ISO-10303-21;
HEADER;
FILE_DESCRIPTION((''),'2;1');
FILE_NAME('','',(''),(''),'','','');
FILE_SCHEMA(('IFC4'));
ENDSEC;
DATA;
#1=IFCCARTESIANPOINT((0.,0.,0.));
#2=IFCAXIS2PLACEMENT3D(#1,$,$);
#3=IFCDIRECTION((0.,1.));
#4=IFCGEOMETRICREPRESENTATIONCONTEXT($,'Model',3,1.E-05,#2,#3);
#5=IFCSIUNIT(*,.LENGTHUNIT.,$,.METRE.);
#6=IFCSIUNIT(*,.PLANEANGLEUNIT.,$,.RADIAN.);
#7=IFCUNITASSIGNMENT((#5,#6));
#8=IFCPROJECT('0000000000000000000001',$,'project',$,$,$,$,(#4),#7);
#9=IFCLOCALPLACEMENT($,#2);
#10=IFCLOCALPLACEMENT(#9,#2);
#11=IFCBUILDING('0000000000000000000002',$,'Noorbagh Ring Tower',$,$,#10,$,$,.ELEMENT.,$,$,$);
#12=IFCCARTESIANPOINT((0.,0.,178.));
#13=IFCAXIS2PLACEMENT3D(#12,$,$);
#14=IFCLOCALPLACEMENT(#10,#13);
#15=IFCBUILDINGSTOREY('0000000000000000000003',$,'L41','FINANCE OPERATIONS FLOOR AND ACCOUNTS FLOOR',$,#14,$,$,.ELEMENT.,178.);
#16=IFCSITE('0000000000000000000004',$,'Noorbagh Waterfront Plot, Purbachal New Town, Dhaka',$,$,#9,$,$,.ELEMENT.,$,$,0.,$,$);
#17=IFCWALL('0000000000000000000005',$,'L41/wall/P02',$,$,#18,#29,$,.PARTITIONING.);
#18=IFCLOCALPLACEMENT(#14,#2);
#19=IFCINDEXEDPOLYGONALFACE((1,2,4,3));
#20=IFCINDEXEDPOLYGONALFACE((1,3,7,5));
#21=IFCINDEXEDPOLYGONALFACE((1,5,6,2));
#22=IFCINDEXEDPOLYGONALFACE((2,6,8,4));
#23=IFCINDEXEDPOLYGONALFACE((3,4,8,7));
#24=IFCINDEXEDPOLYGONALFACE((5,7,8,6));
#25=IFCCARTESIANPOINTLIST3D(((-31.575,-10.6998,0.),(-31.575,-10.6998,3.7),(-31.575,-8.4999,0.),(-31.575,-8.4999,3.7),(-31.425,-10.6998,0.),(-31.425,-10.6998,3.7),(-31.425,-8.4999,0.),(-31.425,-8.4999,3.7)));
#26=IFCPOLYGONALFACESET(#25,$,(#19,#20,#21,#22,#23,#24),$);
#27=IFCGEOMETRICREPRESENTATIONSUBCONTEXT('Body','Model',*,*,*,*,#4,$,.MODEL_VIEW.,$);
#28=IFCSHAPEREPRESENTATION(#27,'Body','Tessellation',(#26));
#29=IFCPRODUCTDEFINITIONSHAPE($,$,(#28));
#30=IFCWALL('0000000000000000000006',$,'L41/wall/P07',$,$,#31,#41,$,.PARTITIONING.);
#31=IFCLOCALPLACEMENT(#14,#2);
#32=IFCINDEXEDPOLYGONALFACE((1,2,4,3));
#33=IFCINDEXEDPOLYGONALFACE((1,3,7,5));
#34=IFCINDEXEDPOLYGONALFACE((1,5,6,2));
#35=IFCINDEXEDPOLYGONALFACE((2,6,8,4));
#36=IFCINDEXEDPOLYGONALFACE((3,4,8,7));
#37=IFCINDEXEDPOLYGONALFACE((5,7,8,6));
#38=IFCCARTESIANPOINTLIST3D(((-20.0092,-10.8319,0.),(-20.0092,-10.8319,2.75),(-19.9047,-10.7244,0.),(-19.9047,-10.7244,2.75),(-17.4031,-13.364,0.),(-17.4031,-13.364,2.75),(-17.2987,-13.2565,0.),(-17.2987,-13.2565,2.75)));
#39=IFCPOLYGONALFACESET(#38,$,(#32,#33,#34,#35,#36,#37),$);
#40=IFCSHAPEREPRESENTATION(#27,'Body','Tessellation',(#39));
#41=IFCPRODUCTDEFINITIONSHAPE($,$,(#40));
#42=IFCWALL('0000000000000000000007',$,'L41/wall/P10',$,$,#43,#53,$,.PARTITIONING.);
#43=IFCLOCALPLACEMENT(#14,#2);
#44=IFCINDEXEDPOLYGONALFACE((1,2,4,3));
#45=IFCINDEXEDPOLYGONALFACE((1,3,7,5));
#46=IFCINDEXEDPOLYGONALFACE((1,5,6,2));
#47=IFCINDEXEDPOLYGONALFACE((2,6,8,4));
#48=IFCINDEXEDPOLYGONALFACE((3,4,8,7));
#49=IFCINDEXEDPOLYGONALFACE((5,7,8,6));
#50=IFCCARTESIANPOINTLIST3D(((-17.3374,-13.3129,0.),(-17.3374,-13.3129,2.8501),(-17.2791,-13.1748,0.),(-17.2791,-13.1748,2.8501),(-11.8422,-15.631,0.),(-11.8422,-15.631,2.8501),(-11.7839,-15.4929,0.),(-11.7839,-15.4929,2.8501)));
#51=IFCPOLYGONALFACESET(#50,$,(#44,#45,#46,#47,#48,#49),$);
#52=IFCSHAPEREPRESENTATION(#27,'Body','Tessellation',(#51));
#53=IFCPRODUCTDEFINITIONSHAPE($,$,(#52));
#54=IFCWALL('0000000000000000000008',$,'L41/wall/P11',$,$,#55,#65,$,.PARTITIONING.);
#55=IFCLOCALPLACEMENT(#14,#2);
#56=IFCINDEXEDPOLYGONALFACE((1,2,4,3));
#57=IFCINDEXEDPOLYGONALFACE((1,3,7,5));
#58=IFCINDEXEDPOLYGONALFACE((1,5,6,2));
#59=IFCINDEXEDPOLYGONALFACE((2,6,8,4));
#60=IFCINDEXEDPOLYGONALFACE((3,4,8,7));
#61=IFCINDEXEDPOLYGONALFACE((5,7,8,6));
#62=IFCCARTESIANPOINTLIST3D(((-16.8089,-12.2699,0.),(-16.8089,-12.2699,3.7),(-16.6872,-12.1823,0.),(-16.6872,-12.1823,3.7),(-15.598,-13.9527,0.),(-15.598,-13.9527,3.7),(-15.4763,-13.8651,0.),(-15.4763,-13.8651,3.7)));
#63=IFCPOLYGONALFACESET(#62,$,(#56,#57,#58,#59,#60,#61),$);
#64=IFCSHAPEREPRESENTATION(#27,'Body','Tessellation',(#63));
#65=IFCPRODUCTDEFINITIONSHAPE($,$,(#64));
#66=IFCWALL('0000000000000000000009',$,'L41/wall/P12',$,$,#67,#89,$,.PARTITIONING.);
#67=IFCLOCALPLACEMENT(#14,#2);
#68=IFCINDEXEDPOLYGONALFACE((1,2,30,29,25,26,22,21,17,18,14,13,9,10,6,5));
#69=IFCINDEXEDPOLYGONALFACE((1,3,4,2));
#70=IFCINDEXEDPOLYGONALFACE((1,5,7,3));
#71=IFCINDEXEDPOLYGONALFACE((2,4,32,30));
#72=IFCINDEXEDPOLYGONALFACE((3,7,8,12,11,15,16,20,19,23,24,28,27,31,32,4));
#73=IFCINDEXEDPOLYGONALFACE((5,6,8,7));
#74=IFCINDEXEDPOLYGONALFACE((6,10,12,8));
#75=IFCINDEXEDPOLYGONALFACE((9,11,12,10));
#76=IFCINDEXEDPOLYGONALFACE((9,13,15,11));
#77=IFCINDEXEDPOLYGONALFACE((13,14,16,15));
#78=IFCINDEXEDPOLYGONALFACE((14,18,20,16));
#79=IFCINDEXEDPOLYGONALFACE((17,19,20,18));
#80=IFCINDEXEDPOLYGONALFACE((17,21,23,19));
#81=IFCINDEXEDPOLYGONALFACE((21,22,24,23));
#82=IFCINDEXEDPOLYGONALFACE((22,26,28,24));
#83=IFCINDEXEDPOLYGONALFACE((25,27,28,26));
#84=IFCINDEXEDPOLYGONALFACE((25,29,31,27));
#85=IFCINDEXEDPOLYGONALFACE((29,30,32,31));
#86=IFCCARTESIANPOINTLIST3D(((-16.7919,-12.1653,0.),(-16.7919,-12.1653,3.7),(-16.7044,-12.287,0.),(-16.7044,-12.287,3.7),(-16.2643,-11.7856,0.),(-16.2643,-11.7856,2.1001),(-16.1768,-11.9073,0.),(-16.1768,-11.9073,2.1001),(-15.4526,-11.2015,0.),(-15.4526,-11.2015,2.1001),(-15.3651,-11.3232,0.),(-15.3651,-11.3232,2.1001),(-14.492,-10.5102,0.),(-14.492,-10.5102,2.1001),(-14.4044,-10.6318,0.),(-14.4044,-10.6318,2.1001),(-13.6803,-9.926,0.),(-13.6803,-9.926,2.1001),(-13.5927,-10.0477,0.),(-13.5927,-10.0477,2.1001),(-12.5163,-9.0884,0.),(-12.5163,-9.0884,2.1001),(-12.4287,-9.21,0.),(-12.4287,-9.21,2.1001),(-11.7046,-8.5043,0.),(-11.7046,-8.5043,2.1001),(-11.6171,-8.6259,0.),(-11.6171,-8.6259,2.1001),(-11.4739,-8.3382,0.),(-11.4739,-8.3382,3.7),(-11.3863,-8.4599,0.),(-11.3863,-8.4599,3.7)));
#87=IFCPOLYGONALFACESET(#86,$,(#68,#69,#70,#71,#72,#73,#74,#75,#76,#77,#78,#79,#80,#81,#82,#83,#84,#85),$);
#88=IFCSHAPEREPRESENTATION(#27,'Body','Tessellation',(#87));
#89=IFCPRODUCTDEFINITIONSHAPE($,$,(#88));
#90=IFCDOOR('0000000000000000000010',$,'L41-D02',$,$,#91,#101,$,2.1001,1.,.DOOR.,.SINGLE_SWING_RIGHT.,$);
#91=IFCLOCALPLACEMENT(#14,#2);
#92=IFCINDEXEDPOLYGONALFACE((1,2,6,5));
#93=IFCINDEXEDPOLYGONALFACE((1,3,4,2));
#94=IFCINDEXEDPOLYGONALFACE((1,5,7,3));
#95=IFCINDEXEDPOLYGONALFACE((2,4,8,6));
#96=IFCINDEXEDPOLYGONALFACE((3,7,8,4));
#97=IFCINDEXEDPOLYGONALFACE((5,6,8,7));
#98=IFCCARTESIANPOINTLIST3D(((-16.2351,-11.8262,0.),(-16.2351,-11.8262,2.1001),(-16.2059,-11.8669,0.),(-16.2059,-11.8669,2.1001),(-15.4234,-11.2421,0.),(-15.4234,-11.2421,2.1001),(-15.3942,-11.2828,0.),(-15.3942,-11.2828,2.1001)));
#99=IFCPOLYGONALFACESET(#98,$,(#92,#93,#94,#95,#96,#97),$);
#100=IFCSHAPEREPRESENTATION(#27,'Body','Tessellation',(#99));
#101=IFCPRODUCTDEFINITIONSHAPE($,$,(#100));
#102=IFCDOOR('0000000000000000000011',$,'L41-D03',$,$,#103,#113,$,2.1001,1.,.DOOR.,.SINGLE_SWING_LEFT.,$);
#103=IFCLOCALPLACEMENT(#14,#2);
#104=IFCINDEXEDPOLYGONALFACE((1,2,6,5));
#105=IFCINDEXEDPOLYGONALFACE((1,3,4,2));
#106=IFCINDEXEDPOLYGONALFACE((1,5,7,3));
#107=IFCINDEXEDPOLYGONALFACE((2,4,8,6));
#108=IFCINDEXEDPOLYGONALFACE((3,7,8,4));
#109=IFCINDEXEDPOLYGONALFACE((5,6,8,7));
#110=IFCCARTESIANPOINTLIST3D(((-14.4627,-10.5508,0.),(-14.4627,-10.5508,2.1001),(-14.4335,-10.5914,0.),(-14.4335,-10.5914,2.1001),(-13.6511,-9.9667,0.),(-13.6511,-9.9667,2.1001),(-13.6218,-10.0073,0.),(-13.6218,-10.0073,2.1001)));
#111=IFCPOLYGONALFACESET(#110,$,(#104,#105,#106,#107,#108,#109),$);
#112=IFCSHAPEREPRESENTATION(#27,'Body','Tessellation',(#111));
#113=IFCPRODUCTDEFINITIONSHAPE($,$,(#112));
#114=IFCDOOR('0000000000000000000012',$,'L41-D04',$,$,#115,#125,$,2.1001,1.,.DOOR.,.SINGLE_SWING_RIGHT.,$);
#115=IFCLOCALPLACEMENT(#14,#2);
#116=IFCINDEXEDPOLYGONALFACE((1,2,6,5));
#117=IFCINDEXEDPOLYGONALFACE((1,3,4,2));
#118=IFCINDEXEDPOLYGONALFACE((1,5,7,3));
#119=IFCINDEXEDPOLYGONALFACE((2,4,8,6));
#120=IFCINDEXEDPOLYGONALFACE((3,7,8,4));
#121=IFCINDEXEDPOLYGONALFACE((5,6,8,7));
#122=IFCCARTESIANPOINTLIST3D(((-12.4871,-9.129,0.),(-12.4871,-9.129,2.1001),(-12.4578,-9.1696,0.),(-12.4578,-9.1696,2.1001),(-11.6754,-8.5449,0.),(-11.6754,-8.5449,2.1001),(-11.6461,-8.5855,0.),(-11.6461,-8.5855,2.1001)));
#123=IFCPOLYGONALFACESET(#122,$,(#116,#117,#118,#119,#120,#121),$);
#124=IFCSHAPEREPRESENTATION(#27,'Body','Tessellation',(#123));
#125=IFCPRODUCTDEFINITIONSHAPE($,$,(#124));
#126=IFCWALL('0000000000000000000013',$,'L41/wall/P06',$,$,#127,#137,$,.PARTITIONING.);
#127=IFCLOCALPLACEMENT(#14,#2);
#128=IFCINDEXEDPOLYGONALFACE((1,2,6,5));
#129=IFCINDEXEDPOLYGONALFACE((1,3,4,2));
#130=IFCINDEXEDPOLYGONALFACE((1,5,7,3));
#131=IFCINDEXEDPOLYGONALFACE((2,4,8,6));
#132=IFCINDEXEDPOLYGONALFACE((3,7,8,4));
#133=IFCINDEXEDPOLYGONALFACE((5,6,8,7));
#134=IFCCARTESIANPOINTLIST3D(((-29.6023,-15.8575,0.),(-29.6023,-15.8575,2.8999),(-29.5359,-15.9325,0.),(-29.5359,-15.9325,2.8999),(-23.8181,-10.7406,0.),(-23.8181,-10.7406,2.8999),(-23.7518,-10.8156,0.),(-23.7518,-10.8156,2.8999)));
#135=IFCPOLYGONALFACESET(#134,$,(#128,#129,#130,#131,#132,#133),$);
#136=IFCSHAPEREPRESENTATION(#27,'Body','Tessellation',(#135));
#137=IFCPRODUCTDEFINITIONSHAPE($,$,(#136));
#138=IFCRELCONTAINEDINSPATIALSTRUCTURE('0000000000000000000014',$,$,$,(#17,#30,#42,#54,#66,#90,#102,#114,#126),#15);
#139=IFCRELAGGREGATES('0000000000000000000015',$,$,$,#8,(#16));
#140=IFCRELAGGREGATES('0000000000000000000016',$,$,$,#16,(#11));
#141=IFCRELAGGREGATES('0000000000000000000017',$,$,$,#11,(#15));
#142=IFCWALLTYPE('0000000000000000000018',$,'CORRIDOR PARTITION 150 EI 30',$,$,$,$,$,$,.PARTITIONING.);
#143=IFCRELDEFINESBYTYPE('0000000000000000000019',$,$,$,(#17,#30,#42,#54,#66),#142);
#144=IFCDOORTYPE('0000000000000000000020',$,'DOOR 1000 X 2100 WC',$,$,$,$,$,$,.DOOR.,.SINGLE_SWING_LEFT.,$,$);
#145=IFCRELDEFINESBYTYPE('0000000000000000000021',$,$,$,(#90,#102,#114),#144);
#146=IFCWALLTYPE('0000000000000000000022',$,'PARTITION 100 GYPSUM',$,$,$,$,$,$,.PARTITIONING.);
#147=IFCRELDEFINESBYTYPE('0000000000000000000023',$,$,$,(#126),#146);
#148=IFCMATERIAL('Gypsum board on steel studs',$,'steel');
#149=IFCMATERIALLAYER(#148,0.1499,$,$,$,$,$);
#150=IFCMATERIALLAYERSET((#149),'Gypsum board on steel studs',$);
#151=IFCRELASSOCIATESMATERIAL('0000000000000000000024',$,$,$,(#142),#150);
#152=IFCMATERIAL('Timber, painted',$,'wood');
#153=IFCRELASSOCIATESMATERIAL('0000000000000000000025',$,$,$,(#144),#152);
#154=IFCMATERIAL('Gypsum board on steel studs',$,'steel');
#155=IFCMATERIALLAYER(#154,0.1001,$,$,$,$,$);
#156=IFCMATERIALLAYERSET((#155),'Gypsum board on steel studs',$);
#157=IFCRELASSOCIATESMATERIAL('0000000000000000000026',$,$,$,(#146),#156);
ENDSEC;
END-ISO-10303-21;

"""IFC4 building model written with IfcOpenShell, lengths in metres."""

from ifc_helpers import new_model, si_unit, direction, frame, frame_2d, origin, place, context, subcontext, project, spatial, rectangle, extrude, material, layer, layer_set, type_object, element, fill, save


model = new_model("IFC4")

# Units and contexts
model_context = context("Model", 3, precision=1e-05, world=origin(), true_north=direction((0.0, 1.0)))
body_context = subcontext(model_context, "Body", "Model", "MODEL_VIEW")
ifc_project = project(units=[si_unit("LENGTHUNIT", "METRE"), si_unit("PLANEANGLEUNIT", "RADIAN")], contexts=[model_context])

# Site, building, storey
site_placement = place(None, origin())
site = spatial("IfcSite", under=ifc_project, at=site_placement, Name="Noorbagh Waterfront Plot, Purbachal New Town, Dhaka", CompositionType="ELEMENT", RefElevation=0.0)
building_placement = place(site_placement, origin())
building = spatial("IfcBuilding", under=site, at=building_placement, Name="Noorbagh Ring Tower", CompositionType="ELEMENT")
storey_placement = place(building_placement, frame((0.0, 0.0, 178.0)))
storey = spatial("IfcBuildingStorey", under=building, at=storey_placement, Name="L41", Description="FINANCE OPERATIONS FLOOR AND ACCOUNTS FLOOR", CompositionType="ELEMENT", Elevation=178.0)

# Walls
ifc_material_1 = material(Name="Gypsum board on steel studs", Category="steel")
ifc_layer_1 = layer(ifc_material_1, 0.1499)
ifc_layer_set_1 = layer_set([ifc_layer_1], Name="Gypsum board on steel studs")
wall_type_1 = type_object("IfcWallType", Name="CORRIDOR PARTITION 150 EI 30", PredefinedType="PARTITIONING", material=ifc_layer_set_1)
wall_1_placement = place(storey_placement, frame((-31.5, -10.7, 0.0), z_axis=(0.0, 0.0, 1.0), x_axis=(0.0, 1.0, 0.0)))
element("IfcWall", 1, at=wall_1_placement, inside=storey, type_object=wall_type_1, Name="L41/wall/P02", PredefinedType="PARTITIONING", context=body_context, shape_type="SweptSolid", body=[
    extrude(rectangle(XDim=2.2, YDim=0.1499, at=frame_2d((1.1001, 0.0))), origin(), (0.0, 0.0, 1.0), 3.7),
])
wall_2_placement = place(storey_placement, frame((-19.957, -10.7781, 0.0), z_axis=(0.0, 0.0, 1.0), x_axis=(0.717213, -0.696854, 0.0)))
element("IfcWall", 2, at=wall_2_placement, inside=storey, type_object=wall_type_1, Name="L41/wall/P07", PredefinedType="PARTITIONING", context=body_context, shape_type="SweptSolid", body=[
    extrude(rectangle(XDim=3.6335, YDim=0.1499, at=frame_2d((1.8169, 0.0))), origin(), (0.0, 0.0, 1.0), 2.75),
])
wall_3_placement = place(storey_placement, frame((-17.3081, -13.2439, 0.0), z_axis=(0.0, 0.0, 1.0), x_axis=(0.921372, -0.388681, 0.0)))
element("IfcWall", 3, at=wall_3_placement, inside=storey, type_object=wall_type_1, Name="L41/wall/P10", PredefinedType="PARTITIONING", context=body_context, shape_type="SweptSolid", body=[
    extrude(rectangle(XDim=5.9641, YDim=0.1499, at=frame_2d((2.9819, 0.0))), origin(), (0.0, 0.0, 1.0), 2.8501),
])
wall_4_placement = place(storey_placement, frame((-16.748, -12.2261, 0.0), z_axis=(0.0, 0.0, 1.0), x_axis=(0.584075, -0.8117, 0.0)))
element("IfcWall", 4, at=wall_4_placement, inside=storey, type_object=wall_type_1, Name="L41/wall/P11", PredefinedType="PARTITIONING", context=body_context, shape_type="SweptSolid", body=[
    extrude(rectangle(XDim=2.0732, YDim=0.1499, at=frame_2d((1.0366, 0.0))), origin(), (0.0, 0.0, 1.0), 3.7),
])

# Wall, openings, doors
wall_5_placement = place(storey_placement, frame((-16.748, -12.2261, 0.0), z_axis=(0.0, 0.0, 1.0), x_axis=(0.811671, 0.584114, 0.0)))
wall_5 = element("IfcWall", 5, at=wall_5_placement, inside=storey, type_object=wall_type_1, Name="L41/wall/P12", PredefinedType="PARTITIONING", context=body_context, shape_type="SweptSolid", body=[
    extrude(rectangle(XDim=6.552, YDim=0.1499, at=frame_2d((3.2759, 0.0))), origin(), (0.0, 0.0, 1.0), 3.7),
])
opening_1_placement = place(wall_5_placement, frame((0.6499, 0.0, 0.0)))
opening_1 = element("IfcOpeningElement", 6, at=opening_1_placement, cuts=wall_5, PredefinedType="OPENING", context=body_context, shape_type="SweptSolid", body=[
    extrude(rectangle(XDim=1.0, YDim=2.1001, at=frame_2d((0.5, 1.05))), frame((0.0, 0.085, 0.0), z_axis=(0.0, -1.0, 0.0), x_axis=(1.0, 0.0, 0.0)), (0.0, 0.0, 1.0), 0.1699),
])
opening_2_placement = place(wall_5_placement, frame((2.8335, 0.0, 0.0)))
opening_2 = element("IfcOpeningElement", 7, at=opening_2_placement, cuts=wall_5, PredefinedType="OPENING", context=body_context, shape_type="SweptSolid", body=[
    extrude(rectangle(XDim=1.0, YDim=2.1001, at=frame_2d((0.5, 1.05))), frame((0.0, 0.085, 0.0), z_axis=(0.0, -1.0, 0.0), x_axis=(1.0, 0.0, 0.0)), (0.0, 0.0, 1.0), 0.1699),
])
opening_3_placement = place(wall_5_placement, frame((5.2676, 0.0, 0.0)))
opening_3 = element("IfcOpeningElement", 8, at=opening_3_placement, cuts=wall_5, PredefinedType="OPENING", context=body_context, shape_type="SweptSolid", body=[
    extrude(rectangle(XDim=1.0, YDim=2.1001, at=frame_2d((0.5, 1.05))), frame((0.0, 0.085, 0.0), z_axis=(0.0, -1.0, 0.0), x_axis=(1.0, 0.0, 0.0)), (0.0, 0.0, 1.0), 0.1699),
])
ifc_material_2 = material(Name="Timber, painted", Category="wood")
door_type = type_object("IfcDoorType", Name="DOOR 1000 X 2100 WC", OperationType="SINGLE_SWING_LEFT", PredefinedType="DOOR", material=ifc_material_2)
door_1_placement = place(opening_1_placement, origin())
door_1 = element("IfcDoor", 9, at=door_1_placement, inside=storey, type_object=door_type, Name="L41-D02", OperationType="SINGLE_SWING_RIGHT", OverallHeight=2.1001, OverallWidth=1.0, PredefinedType="DOOR", context=body_context, shape_type="SweptSolid", body=[
    extrude(rectangle(XDim=1.0, YDim=2.1001, at=frame_2d((0.5, 1.05))), frame((0.0, 0.0249, 0.0), z_axis=(0.0, -1.0, 0.0), x_axis=(1.0, 0.0, 0.0)), (0.0, 0.0, 1.0), 0.05),
])
fill(opening_1, door_1)
door_2_placement = place(opening_2_placement, origin())
door_2 = element("IfcDoor", 10, at=door_2_placement, inside=storey, type_object=door_type, Name="L41-D03", OperationType="SINGLE_SWING_LEFT", OverallHeight=2.1001, OverallWidth=1.0, PredefinedType="DOOR", context=body_context, shape_type="SweptSolid", body=[
    extrude(rectangle(XDim=1.0, YDim=2.1001, at=frame_2d((0.5, 1.05))), frame((0.0, 0.0249, 0.0), z_axis=(0.0, -1.0, 0.0), x_axis=(1.0, 0.0, 0.0)), (0.0, 0.0, 1.0), 0.05),
])
fill(opening_2, door_2)
door_3_placement = place(opening_3_placement, origin())
door_3 = element("IfcDoor", 11, at=door_3_placement, inside=storey, type_object=door_type, Name="L41-D04", OperationType="SINGLE_SWING_RIGHT", OverallHeight=2.1001, OverallWidth=1.0, PredefinedType="DOOR", context=body_context, shape_type="SweptSolid", body=[
    extrude(rectangle(XDim=1.0, YDim=2.1001, at=frame_2d((0.5, 1.05))), frame((0.0, 0.0249, 0.0), z_axis=(0.0, -1.0, 0.0), x_axis=(1.0, 0.0, 0.0)), (0.0, 0.0, 1.0), 0.05),
])
fill(opening_3, door_3)

# Wall
ifc_material_3 = material(Name="Gypsum board on steel studs", Category="steel")
ifc_layer_2 = layer(ifc_material_3, 0.1001)
ifc_layer_set_2 = layer_set([ifc_layer_2], Name="Gypsum board on steel studs")
wall_type_2 = type_object("IfcWallType", Name="PARTITION 100 GYPSUM", PredefinedType="PARTITIONING", material=ifc_layer_set_2)
wall_6_placement = place(storey_placement, frame((-29.5691, -15.895, 0.0), z_axis=(0.0, 0.0, 1.0), x_axis=(0.748986, 0.662586, 0.0)))
element("IfcWall", 12, at=wall_6_placement, inside=storey, type_object=wall_type_2, Name="L41/wall/P06", PredefinedType="PARTITIONING", context=body_context, shape_type="SweptSolid", body=[
    extrude(rectangle(XDim=7.7227, YDim=0.1001, at=frame_2d((3.8613, 0.0))), origin(), (0.0, 0.0, 1.0), 2.8999),
])

save(model, "model.ifc")
